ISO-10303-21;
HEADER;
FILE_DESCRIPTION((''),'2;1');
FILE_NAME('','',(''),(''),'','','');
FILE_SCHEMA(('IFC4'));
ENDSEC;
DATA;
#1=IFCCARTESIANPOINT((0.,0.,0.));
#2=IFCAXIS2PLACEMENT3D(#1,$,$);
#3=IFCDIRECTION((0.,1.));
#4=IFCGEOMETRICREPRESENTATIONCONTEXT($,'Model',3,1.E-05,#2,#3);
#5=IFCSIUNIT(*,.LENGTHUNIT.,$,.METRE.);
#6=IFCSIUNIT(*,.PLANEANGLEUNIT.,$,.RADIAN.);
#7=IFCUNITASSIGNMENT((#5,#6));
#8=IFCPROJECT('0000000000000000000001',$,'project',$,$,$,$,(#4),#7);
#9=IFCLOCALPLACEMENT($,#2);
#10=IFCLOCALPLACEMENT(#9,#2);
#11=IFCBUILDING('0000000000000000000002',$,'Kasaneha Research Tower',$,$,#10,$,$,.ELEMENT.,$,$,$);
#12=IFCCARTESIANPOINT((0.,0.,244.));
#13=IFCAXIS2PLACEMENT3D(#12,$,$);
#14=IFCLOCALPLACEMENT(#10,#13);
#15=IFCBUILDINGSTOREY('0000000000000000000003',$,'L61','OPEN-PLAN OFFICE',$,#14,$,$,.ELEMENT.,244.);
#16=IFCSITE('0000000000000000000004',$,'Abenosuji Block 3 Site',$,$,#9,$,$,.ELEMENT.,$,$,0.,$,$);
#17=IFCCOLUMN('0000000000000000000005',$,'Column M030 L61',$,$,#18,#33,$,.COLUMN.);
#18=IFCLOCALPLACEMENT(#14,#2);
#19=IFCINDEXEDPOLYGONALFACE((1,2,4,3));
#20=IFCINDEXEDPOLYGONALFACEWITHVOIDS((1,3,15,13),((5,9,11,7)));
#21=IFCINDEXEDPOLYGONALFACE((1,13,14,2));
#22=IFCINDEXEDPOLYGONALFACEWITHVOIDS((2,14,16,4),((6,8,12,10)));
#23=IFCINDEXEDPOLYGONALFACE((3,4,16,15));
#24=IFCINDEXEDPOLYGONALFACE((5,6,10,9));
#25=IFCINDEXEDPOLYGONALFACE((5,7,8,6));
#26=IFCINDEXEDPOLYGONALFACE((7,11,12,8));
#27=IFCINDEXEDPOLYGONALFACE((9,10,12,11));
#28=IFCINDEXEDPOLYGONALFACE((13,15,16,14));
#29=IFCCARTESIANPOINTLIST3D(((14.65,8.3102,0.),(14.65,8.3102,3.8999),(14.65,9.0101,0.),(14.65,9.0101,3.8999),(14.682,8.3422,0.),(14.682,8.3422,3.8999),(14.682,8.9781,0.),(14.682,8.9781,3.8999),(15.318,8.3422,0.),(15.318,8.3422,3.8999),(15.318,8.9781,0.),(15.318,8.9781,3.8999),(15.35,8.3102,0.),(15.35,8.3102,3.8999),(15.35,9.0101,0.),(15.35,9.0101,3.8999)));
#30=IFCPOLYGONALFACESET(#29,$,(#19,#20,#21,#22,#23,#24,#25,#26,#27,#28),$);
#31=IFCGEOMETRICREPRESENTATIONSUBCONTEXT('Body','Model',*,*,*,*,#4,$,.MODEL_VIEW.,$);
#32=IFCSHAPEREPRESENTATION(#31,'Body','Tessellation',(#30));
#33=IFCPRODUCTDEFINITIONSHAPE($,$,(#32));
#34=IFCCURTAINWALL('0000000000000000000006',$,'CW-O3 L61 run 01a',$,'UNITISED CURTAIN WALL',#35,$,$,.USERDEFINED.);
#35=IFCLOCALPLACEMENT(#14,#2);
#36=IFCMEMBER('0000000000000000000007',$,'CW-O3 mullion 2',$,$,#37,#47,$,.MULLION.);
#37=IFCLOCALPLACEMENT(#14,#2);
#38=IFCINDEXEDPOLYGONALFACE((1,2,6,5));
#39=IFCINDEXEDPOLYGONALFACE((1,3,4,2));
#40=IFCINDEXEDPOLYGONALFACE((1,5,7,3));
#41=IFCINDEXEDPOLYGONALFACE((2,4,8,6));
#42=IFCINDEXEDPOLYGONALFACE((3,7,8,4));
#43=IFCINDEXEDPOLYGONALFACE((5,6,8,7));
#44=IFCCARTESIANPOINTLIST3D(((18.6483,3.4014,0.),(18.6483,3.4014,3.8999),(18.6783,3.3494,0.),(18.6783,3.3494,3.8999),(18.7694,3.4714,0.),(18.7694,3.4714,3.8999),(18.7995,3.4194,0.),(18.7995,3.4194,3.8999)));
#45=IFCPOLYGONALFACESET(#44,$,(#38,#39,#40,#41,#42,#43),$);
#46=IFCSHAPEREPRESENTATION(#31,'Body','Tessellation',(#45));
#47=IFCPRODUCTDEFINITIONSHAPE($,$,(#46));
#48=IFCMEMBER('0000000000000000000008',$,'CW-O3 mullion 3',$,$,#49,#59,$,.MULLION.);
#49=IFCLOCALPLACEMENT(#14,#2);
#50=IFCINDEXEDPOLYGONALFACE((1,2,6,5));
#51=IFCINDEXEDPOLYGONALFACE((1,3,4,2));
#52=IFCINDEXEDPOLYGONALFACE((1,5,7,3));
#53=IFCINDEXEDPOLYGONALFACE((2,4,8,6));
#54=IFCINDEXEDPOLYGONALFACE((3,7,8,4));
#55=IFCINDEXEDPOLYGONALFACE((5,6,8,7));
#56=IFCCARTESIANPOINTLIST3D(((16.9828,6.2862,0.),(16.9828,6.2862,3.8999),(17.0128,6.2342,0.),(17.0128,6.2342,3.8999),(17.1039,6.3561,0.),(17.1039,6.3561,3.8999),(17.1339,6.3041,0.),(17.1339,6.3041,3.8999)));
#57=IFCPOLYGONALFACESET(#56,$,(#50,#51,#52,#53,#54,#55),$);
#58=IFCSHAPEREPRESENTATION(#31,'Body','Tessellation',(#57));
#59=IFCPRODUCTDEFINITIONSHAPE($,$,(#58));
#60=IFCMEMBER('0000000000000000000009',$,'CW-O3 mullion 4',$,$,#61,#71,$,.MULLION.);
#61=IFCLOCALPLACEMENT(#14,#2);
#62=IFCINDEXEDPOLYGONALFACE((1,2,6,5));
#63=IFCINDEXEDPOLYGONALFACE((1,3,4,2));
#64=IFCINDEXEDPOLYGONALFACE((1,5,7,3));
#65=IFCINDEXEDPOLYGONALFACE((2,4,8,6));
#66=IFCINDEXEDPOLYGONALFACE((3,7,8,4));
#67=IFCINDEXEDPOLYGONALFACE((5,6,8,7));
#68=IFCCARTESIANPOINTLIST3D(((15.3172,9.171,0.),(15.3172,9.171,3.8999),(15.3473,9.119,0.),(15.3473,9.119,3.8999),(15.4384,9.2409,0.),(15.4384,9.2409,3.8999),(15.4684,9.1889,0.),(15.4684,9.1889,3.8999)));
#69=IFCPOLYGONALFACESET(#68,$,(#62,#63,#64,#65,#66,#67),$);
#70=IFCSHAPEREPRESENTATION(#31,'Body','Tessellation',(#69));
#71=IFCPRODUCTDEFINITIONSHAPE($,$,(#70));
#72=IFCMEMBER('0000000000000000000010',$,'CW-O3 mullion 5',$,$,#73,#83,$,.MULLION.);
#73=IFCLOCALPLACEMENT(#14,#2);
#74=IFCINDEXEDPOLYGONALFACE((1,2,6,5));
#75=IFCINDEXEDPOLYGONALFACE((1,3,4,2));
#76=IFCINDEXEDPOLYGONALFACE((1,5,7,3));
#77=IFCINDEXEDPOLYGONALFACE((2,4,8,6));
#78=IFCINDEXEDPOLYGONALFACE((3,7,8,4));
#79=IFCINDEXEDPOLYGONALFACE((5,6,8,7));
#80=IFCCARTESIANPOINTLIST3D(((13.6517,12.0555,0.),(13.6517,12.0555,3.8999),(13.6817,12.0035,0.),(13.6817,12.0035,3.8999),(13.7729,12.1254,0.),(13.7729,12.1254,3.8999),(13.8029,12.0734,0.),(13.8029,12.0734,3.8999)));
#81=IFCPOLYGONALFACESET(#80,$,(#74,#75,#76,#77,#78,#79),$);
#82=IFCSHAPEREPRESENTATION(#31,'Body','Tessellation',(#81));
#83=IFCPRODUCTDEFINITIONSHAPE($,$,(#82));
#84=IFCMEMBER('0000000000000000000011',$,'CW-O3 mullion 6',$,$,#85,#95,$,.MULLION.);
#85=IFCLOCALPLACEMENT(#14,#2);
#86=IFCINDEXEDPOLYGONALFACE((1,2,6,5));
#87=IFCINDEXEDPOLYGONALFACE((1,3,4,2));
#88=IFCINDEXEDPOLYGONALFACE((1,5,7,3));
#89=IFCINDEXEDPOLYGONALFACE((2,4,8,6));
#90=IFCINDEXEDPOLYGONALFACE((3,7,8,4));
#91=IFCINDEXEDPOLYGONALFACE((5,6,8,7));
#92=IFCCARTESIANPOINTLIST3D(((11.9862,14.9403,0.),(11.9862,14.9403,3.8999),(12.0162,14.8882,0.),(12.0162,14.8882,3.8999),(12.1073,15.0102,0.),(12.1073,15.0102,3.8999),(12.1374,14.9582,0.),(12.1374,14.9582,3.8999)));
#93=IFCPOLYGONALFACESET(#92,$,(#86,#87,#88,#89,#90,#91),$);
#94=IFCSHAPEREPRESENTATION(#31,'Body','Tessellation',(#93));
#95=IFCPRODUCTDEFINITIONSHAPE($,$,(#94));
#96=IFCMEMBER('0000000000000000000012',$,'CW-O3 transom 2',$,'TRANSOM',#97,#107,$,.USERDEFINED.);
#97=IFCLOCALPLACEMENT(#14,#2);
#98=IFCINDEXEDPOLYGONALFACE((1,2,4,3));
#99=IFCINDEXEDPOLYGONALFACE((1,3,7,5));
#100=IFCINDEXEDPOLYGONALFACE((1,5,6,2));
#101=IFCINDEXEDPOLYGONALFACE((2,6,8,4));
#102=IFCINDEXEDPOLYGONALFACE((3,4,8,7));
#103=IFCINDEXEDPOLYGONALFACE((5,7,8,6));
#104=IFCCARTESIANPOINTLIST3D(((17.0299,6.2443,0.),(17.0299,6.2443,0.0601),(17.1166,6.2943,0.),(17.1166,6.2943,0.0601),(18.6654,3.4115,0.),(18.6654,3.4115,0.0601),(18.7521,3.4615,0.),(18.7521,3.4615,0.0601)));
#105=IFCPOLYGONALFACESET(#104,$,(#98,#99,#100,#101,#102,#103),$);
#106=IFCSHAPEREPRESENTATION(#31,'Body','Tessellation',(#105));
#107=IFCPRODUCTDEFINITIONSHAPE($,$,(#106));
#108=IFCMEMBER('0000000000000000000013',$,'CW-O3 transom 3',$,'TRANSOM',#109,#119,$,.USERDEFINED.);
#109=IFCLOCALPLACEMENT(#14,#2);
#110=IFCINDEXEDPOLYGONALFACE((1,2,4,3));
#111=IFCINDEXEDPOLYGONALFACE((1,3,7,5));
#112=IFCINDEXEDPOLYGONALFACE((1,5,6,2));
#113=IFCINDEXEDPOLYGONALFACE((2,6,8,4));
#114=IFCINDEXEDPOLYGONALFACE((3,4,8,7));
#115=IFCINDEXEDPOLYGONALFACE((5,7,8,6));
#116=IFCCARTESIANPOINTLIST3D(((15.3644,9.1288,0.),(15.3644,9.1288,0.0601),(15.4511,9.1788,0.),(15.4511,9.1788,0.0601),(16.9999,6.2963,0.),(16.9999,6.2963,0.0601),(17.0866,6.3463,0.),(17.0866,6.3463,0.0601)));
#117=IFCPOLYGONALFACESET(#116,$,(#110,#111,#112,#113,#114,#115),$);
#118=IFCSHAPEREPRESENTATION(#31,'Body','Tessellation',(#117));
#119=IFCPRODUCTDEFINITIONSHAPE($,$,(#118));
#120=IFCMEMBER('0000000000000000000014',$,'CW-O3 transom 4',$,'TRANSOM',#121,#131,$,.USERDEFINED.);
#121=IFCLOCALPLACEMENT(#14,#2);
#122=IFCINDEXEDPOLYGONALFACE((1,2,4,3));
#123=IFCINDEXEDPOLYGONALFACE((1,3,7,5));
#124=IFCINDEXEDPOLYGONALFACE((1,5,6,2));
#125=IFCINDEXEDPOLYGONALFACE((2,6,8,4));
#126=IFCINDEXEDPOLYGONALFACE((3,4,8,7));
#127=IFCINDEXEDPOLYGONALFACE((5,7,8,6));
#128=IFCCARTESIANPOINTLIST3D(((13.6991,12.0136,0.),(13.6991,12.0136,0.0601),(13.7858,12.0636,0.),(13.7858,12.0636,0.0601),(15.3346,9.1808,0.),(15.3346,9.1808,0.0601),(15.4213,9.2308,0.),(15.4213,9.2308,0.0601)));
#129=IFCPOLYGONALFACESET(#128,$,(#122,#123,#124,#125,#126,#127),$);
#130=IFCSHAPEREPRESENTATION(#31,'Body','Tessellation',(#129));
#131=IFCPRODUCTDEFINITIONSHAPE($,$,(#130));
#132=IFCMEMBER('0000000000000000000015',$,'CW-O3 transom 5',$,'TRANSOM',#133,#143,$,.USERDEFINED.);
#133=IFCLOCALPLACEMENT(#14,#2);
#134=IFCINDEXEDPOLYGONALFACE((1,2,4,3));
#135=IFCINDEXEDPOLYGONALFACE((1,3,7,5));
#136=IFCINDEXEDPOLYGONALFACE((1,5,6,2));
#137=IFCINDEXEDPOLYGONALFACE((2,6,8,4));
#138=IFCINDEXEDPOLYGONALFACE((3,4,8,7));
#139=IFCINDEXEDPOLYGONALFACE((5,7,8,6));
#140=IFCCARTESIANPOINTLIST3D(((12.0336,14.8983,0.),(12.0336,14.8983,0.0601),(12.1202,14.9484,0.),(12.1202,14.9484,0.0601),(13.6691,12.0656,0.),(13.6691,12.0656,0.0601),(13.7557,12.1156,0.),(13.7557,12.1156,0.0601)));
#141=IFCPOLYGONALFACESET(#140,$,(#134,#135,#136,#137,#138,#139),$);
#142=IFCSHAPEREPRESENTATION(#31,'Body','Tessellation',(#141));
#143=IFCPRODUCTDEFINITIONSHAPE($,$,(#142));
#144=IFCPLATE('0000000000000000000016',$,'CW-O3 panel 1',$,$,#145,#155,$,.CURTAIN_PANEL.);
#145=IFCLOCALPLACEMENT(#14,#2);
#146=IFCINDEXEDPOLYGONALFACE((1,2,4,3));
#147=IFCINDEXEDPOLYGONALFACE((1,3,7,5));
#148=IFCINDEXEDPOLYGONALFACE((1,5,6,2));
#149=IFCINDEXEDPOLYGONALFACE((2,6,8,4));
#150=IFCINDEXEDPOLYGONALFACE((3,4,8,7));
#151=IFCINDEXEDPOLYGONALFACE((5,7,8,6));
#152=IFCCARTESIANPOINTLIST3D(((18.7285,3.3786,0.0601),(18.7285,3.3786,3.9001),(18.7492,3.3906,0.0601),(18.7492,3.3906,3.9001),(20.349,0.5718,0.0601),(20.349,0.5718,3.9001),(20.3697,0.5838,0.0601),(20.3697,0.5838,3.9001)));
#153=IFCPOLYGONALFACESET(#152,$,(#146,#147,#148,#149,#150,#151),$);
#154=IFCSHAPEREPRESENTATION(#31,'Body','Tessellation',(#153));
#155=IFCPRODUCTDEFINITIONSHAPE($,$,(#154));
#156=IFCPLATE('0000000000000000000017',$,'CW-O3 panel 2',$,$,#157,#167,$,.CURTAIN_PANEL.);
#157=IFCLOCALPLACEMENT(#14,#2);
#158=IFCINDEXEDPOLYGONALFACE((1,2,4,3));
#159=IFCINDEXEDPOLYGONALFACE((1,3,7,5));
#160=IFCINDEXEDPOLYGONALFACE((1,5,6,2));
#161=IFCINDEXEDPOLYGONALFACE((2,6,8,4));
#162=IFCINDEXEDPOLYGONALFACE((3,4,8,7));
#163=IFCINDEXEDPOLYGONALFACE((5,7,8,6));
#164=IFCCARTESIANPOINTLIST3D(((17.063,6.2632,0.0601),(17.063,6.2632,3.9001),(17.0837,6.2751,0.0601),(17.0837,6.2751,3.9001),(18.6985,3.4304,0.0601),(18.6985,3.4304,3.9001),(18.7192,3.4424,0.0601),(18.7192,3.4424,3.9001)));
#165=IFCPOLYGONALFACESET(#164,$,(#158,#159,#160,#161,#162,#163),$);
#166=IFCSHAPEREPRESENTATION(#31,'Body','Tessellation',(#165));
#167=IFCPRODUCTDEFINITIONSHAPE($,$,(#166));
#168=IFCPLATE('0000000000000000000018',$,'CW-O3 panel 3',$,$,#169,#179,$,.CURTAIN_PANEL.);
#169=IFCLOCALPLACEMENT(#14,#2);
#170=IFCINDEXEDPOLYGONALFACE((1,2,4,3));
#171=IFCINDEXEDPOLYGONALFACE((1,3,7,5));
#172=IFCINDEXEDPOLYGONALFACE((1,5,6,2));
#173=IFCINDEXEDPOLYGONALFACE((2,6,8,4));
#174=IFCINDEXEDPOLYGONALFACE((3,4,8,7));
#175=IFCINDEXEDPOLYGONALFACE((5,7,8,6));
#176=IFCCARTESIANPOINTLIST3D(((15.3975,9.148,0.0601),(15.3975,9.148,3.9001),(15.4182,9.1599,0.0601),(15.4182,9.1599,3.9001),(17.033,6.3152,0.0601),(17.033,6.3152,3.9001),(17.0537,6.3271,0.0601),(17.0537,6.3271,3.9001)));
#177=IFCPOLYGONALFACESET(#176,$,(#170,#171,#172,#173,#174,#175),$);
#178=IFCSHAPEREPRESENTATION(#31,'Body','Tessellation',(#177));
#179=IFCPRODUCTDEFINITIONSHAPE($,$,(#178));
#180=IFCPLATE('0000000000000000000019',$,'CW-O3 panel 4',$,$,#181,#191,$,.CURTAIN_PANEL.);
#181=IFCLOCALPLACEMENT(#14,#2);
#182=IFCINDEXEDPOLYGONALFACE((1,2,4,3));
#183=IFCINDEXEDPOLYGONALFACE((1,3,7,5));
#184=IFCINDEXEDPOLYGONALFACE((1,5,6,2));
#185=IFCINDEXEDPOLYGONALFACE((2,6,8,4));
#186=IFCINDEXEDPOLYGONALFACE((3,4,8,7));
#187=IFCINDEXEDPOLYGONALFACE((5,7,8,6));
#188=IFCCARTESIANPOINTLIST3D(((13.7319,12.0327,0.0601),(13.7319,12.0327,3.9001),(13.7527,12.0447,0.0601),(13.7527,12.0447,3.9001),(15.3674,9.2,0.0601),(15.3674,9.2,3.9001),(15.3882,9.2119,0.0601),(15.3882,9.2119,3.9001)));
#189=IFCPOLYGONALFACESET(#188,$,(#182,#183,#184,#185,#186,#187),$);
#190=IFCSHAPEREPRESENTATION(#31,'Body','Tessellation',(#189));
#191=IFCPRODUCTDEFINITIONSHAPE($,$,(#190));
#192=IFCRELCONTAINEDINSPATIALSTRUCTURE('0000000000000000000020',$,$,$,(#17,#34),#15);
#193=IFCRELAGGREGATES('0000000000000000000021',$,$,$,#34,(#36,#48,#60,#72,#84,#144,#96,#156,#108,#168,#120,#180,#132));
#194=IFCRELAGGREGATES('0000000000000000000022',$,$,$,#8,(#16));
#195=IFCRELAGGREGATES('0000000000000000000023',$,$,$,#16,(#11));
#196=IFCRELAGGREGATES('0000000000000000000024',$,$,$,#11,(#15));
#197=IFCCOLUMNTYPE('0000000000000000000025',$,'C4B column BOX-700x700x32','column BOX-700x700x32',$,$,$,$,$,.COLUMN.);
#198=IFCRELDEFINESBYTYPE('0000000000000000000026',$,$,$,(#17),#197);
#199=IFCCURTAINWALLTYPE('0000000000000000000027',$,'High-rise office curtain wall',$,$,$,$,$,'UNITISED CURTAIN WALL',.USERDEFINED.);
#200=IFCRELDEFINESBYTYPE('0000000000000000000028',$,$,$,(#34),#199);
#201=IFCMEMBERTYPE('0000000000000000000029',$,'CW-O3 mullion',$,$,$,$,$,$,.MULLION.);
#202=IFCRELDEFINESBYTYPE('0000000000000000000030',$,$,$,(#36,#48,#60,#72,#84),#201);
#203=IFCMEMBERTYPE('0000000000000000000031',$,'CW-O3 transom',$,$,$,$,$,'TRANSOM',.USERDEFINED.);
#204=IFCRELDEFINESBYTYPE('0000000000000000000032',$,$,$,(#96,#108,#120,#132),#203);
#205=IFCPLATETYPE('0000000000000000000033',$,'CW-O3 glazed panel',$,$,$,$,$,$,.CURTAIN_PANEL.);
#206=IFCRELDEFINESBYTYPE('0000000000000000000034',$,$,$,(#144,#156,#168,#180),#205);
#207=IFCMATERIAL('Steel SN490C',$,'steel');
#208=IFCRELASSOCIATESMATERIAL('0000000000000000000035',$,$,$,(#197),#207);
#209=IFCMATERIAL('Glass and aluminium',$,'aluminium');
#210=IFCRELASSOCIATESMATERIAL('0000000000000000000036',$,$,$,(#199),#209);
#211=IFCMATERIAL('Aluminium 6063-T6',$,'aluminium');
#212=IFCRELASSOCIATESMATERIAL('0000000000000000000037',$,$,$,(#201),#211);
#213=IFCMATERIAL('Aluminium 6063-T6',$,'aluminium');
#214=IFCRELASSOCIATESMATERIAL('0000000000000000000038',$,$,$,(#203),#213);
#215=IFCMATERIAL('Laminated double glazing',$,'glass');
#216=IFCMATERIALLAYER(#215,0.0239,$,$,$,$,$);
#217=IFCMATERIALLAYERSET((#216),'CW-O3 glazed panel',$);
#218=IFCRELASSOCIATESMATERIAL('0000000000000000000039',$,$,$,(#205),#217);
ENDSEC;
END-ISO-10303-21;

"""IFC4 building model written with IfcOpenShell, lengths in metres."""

from ifc_helpers import new_model, si_unit, direction, frame, origin, origin_2d, place, context, subcontext, project, spatial, rectangle, hollow_rectangle, extrude, material, layer, layer_set, material_profile, profile_set, type_object, element, aggregate, save


model = new_model("IFC4")

# Units and contexts
model_context = context("Model", 3, precision=1e-05, world=origin(), true_north=direction((0.0, 1.0)))
body_context = subcontext(model_context, "Body", "Model", "MODEL_VIEW")
ifc_project = project(units=[si_unit("LENGTHUNIT", "METRE"), si_unit("PLANEANGLEUNIT", "RADIAN")], contexts=[model_context])

# Site, building, storey
site_placement = place(None, origin())
site = spatial("IfcSite", under=ifc_project, at=site_placement, Name="Abenosuji Block 3 Site", CompositionType="ELEMENT", RefElevation=0.0)
building_placement = place(site_placement, origin())
building = spatial("IfcBuilding", under=site, at=building_placement, Name="Kasaneha Research Tower", CompositionType="ELEMENT")
storey_placement = place(building_placement, frame((0.0, 0.0, 244.0)))
storey = spatial("IfcBuildingStorey", under=building, at=storey_placement, Name="L61", Description="OPEN-PLAN OFFICE", CompositionType="ELEMENT", Elevation=244.0)

# Column
ifc_material_1 = material(Name="Steel SN490C", Category="steel")
ifc_material_profile_1 = material_profile(ifc_material_1, hollow_rectangle(XDim=0.7, YDim=0.7, WallThickness=0.032, at=origin_2d()), Name="BOX-700x700x32")
ifc_profile_set_1 = profile_set([ifc_material_profile_1], Name="Steel SN490C")
column_type = type_object("IfcColumnType", Name="C4B column BOX-700x700x32", Description="column BOX-700x700x32", PredefinedType="COLUMN", material=ifc_profile_set_1)
column_placement = place(storey_placement, frame((15.0, 8.6602, 0.0), z_axis=(0.0, 0.0, 1.0), x_axis=(1.0, 0.0, 0.0)))
element("IfcColumn", 1, at=column_placement, inside=storey, type_object=column_type, Name="Column M030 L61", PredefinedType="COLUMN", context=body_context, shape_type="SweptSolid", body=[
    extrude(hollow_rectangle(XDim=0.7, YDim=0.7, WallThickness=0.032, at=origin_2d()), origin(), (0.0, 0.0, 1.0), 3.8999),
])

# Curtain wall, members, plates
ifc_material_2 = material(Name="Glass and aluminium", Category="aluminium")
curtain_wall_type = type_object("IfcCurtainWallType", Name="High-rise office curtain wall", ElementType="UNITISED CURTAIN WALL", PredefinedType="USERDEFINED", material=ifc_material_2)
curtain_wall_placement = place(storey_placement, origin())
curtain_wall = element("IfcCurtainWall", 2, at=curtain_wall_placement, inside=storey, type_object=curtain_wall_type, Name="CW-O3 L61 run 01a", ObjectType="UNITISED CURTAIN WALL", PredefinedType="USERDEFINED")
ifc_material_3 = material(Name="Aluminium 6063-T6", Category="aluminium")
ifc_material_profile_2 = material_profile(ifc_material_3, rectangle(XDim=0.0601, YDim=0.1399, at=origin_2d()), Name="CW-O3 mullion 60x140")
ifc_profile_set_2 = profile_set([ifc_material_profile_2], Name="Aluminium 6063-T6")
member_type_1 = type_object("IfcMemberType", Name="CW-O3 mullion", PredefinedType="MULLION", material=ifc_profile_set_2)
member_1_placement = place(storey_placement, frame((18.7239, 3.4104, 0.0), z_axis=(0.0, 0.0, 1.0), x_axis=(-0.5, 0.866025, 0.0)))
member_1 = element("IfcMember", 3, at=member_1_placement, type_object=member_type_1, Name="CW-O3 mullion 2", PredefinedType="MULLION", context=body_context, shape_type="SweptSolid", body=[
    extrude(rectangle(XDim=0.0601, YDim=0.1399, at=origin_2d()), origin(), (0.0, 0.0, 1.0), 3.8999),
])
member_2_placement = place(storey_placement, frame((17.0583, 6.2952, 0.0), z_axis=(0.0, 0.0, 1.0), x_axis=(-0.5, 0.866025, 0.0)))
member_2 = element("IfcMember", 4, at=member_2_placement, type_object=member_type_1, Name="CW-O3 mullion 3", PredefinedType="MULLION", context=body_context, shape_type="SweptSolid", body=[
    extrude(rectangle(XDim=0.0601, YDim=0.1399, at=origin_2d()), origin(), (0.0, 0.0, 1.0), 3.8999),
])
member_3_placement = place(storey_placement, frame((15.3928, 9.1799, 0.0), z_axis=(0.0, 0.0, 1.0), x_axis=(-0.5, 0.866025, 0.0)))
member_3 = element("IfcMember", 5, at=member_3_placement, type_object=member_type_1, Name="CW-O3 mullion 4", PredefinedType="MULLION", context=body_context, shape_type="SweptSolid", body=[
    extrude(rectangle(XDim=0.0601, YDim=0.1399, at=origin_2d()), origin(), (0.0, 0.0, 1.0), 3.8999),
])
member_4_placement = place(storey_placement, frame((13.7273, 12.0645, 0.0), z_axis=(0.0, 0.0, 1.0), x_axis=(-0.5, 0.866025, 0.0)))
member_4 = element("IfcMember", 6, at=member_4_placement, type_object=member_type_1, Name="CW-O3 mullion 5", PredefinedType="MULLION", context=body_context, shape_type="SweptSolid", body=[
    extrude(rectangle(XDim=0.0601, YDim=0.1399, at=origin_2d()), origin(), (0.0, 0.0, 1.0), 3.8999),
])
member_5_placement = place(storey_placement, frame((12.0618, 14.9492, 0.0), z_axis=(0.0, 0.0, 1.0), x_axis=(-0.5, 0.866025, 0.0)))
member_5 = element("IfcMember", 7, at=member_5_placement, type_object=member_type_1, Name="CW-O3 mullion 6", PredefinedType="MULLION", context=body_context, shape_type="SweptSolid", body=[
    extrude(rectangle(XDim=0.0601, YDim=0.1399, at=origin_2d()), origin(), (0.0, 0.0, 1.0), 3.8999),
])
ifc_material_4 = material(Name="Aluminium 6063-T6", Category="aluminium")
ifc_material_profile_3 = material_profile(ifc_material_4, rectangle(XDim=0.1001, YDim=0.0601, at=origin_2d()), Name="CW-O3 transom 100x60")
ifc_profile_set_3 = profile_set([ifc_material_profile_3], Name="Aluminium 6063-T6")
member_type_2 = type_object("IfcMemberType", Name="CW-O3 transom", ElementType="TRANSOM", PredefinedType="USERDEFINED", material=ifc_profile_set_3)
member_6_placement = place(storey_placement, frame((18.7087, 3.4365, 0.03), z_axis=(-0.5, 0.866025, 0.0), x_axis=(-0.866025, -0.5, 0.0)))
member_6 = element("IfcMember", 8, at=member_6_placement, type_object=member_type_2, Name="CW-O3 transom 2", ObjectType="TRANSOM", PredefinedType="USERDEFINED", context=body_context, shape_type="SweptSolid", body=[
    extrude(rectangle(XDim=0.1001, YDim=0.0601, at=origin_2d()), origin(), (0.0, 0.0, 1.0), 3.271),
])
member_7_placement = place(storey_placement, frame((17.0432, 6.3213, 0.03), z_axis=(-0.500033, 0.866007, 0.0), x_axis=(-0.866007, -0.500033, 0.0)))
member_7 = element("IfcMember", 9, at=member_7_placement, type_object=member_type_2, Name="CW-O3 transom 3", ObjectType="TRANSOM", PredefinedType="USERDEFINED", context=body_context, shape_type="SweptSolid", body=[
    extrude(rectangle(XDim=0.1001, YDim=0.0601, at=origin_2d()), origin(), (0.0, 0.0, 1.0), 3.2708),
])
member_8_placement = place(storey_placement, frame((15.3779, 9.2058, 0.03), z_axis=(-0.5, 0.866025, 0.0), x_axis=(-0.866025, -0.5, 0.0)))
member_8 = element("IfcMember", 10, at=member_8_placement, type_object=member_type_2, Name="CW-O3 transom 4", ObjectType="TRANSOM", PredefinedType="USERDEFINED", context=body_context, shape_type="SweptSolid", body=[
    extrude(rectangle(XDim=0.1001, YDim=0.0601, at=origin_2d()), origin(), (0.0, 0.0, 1.0), 3.271),
])
member_9_placement = place(storey_placement, frame((13.7124, 12.0906, 0.03), z_axis=(-0.5, 0.866025, 0.0), x_axis=(-0.866025, -0.5, 0.0)))
member_9 = element("IfcMember", 11, at=member_9_placement, type_object=member_type_2, Name="CW-O3 transom 5", ObjectType="TRANSOM", PredefinedType="USERDEFINED", context=body_context, shape_type="SweptSolid", body=[
    extrude(rectangle(XDim=0.1001, YDim=0.0601, at=origin_2d()), origin(), (0.0, 0.0, 1.0), 3.271),
])
ifc_material_5 = material(Name="Laminated double glazing", Category="glass")
ifc_layer_1 = layer(ifc_material_5, 0.0239)
ifc_layer_set_1 = layer_set([ifc_layer_1], Name="CW-O3 glazed panel")
plate_type = type_object("IfcPlateType", Name="CW-O3 glazed panel", PredefinedType="CURTAIN_PANEL", material=ifc_layer_set_1)
plate_1_placement = place(storey_placement, frame((19.5491, 1.9812, 0.0601), z_axis=(0.0, 0.0, 1.0), x_axis=(-0.5, 0.866025, 0.0)))
plate_1 = element("IfcPlate", 12, at=plate_1_placement, type_object=plate_type, Name="CW-O3 panel 1", PredefinedType="CURTAIN_PANEL", context=body_context, shape_type="SweptSolid", body=[
    extrude(rectangle(XDim=3.241, YDim=0.0239, at=origin_2d()), origin(), (0.0, 0.0, 1.0), 3.8401),
])
plate_2_placement = place(storey_placement, frame((17.8911, 4.8528, 0.0601), z_axis=(0.0, 0.0, 1.0), x_axis=(-0.5, 0.866025, 0.0)))
plate_2 = element("IfcPlate", 13, at=plate_2_placement, type_object=plate_type, Name="CW-O3 panel 2", PredefinedType="CURTAIN_PANEL", context=body_context, shape_type="SweptSolid", body=[
    extrude(rectangle(XDim=3.271, YDim=0.0239, at=origin_2d()), origin(), (0.0, 0.0, 1.0), 3.8401),
])
plate_3_placement = place(storey_placement, frame((16.2256, 7.7375, 0.0601), z_axis=(0.0, 0.0, 1.0), x_axis=(-0.5, 0.866025, 0.0)))
plate_3 = element("IfcPlate", 14, at=plate_3_placement, type_object=plate_type, Name="CW-O3 panel 3", PredefinedType="CURTAIN_PANEL", context=body_context, shape_type="SweptSolid", body=[
    extrude(rectangle(XDim=3.271, YDim=0.0239, at=origin_2d()), origin(), (0.0, 0.0, 1.0), 3.8401),
])
plate_4_placement = place(storey_placement, frame((14.5601, 10.6223, 0.0601), z_axis=(0.0, 0.0, 1.0), x_axis=(-0.5, 0.866025, 0.0)))
plate_4 = element("IfcPlate", 15, at=plate_4_placement, type_object=plate_type, Name="CW-O3 panel 4", PredefinedType="CURTAIN_PANEL", context=body_context, shape_type="SweptSolid", body=[
    extrude(rectangle(XDim=3.271, YDim=0.0239, at=origin_2d()), origin(), (0.0, 0.0, 1.0), 3.8401),
])
aggregate(curtain_wall, [member_1, member_2, member_3, member_4, member_5, plate_1, member_6, plate_2, member_7, plate_3, member_8, plate_4, member_9])

save(model, "model.ifc")
